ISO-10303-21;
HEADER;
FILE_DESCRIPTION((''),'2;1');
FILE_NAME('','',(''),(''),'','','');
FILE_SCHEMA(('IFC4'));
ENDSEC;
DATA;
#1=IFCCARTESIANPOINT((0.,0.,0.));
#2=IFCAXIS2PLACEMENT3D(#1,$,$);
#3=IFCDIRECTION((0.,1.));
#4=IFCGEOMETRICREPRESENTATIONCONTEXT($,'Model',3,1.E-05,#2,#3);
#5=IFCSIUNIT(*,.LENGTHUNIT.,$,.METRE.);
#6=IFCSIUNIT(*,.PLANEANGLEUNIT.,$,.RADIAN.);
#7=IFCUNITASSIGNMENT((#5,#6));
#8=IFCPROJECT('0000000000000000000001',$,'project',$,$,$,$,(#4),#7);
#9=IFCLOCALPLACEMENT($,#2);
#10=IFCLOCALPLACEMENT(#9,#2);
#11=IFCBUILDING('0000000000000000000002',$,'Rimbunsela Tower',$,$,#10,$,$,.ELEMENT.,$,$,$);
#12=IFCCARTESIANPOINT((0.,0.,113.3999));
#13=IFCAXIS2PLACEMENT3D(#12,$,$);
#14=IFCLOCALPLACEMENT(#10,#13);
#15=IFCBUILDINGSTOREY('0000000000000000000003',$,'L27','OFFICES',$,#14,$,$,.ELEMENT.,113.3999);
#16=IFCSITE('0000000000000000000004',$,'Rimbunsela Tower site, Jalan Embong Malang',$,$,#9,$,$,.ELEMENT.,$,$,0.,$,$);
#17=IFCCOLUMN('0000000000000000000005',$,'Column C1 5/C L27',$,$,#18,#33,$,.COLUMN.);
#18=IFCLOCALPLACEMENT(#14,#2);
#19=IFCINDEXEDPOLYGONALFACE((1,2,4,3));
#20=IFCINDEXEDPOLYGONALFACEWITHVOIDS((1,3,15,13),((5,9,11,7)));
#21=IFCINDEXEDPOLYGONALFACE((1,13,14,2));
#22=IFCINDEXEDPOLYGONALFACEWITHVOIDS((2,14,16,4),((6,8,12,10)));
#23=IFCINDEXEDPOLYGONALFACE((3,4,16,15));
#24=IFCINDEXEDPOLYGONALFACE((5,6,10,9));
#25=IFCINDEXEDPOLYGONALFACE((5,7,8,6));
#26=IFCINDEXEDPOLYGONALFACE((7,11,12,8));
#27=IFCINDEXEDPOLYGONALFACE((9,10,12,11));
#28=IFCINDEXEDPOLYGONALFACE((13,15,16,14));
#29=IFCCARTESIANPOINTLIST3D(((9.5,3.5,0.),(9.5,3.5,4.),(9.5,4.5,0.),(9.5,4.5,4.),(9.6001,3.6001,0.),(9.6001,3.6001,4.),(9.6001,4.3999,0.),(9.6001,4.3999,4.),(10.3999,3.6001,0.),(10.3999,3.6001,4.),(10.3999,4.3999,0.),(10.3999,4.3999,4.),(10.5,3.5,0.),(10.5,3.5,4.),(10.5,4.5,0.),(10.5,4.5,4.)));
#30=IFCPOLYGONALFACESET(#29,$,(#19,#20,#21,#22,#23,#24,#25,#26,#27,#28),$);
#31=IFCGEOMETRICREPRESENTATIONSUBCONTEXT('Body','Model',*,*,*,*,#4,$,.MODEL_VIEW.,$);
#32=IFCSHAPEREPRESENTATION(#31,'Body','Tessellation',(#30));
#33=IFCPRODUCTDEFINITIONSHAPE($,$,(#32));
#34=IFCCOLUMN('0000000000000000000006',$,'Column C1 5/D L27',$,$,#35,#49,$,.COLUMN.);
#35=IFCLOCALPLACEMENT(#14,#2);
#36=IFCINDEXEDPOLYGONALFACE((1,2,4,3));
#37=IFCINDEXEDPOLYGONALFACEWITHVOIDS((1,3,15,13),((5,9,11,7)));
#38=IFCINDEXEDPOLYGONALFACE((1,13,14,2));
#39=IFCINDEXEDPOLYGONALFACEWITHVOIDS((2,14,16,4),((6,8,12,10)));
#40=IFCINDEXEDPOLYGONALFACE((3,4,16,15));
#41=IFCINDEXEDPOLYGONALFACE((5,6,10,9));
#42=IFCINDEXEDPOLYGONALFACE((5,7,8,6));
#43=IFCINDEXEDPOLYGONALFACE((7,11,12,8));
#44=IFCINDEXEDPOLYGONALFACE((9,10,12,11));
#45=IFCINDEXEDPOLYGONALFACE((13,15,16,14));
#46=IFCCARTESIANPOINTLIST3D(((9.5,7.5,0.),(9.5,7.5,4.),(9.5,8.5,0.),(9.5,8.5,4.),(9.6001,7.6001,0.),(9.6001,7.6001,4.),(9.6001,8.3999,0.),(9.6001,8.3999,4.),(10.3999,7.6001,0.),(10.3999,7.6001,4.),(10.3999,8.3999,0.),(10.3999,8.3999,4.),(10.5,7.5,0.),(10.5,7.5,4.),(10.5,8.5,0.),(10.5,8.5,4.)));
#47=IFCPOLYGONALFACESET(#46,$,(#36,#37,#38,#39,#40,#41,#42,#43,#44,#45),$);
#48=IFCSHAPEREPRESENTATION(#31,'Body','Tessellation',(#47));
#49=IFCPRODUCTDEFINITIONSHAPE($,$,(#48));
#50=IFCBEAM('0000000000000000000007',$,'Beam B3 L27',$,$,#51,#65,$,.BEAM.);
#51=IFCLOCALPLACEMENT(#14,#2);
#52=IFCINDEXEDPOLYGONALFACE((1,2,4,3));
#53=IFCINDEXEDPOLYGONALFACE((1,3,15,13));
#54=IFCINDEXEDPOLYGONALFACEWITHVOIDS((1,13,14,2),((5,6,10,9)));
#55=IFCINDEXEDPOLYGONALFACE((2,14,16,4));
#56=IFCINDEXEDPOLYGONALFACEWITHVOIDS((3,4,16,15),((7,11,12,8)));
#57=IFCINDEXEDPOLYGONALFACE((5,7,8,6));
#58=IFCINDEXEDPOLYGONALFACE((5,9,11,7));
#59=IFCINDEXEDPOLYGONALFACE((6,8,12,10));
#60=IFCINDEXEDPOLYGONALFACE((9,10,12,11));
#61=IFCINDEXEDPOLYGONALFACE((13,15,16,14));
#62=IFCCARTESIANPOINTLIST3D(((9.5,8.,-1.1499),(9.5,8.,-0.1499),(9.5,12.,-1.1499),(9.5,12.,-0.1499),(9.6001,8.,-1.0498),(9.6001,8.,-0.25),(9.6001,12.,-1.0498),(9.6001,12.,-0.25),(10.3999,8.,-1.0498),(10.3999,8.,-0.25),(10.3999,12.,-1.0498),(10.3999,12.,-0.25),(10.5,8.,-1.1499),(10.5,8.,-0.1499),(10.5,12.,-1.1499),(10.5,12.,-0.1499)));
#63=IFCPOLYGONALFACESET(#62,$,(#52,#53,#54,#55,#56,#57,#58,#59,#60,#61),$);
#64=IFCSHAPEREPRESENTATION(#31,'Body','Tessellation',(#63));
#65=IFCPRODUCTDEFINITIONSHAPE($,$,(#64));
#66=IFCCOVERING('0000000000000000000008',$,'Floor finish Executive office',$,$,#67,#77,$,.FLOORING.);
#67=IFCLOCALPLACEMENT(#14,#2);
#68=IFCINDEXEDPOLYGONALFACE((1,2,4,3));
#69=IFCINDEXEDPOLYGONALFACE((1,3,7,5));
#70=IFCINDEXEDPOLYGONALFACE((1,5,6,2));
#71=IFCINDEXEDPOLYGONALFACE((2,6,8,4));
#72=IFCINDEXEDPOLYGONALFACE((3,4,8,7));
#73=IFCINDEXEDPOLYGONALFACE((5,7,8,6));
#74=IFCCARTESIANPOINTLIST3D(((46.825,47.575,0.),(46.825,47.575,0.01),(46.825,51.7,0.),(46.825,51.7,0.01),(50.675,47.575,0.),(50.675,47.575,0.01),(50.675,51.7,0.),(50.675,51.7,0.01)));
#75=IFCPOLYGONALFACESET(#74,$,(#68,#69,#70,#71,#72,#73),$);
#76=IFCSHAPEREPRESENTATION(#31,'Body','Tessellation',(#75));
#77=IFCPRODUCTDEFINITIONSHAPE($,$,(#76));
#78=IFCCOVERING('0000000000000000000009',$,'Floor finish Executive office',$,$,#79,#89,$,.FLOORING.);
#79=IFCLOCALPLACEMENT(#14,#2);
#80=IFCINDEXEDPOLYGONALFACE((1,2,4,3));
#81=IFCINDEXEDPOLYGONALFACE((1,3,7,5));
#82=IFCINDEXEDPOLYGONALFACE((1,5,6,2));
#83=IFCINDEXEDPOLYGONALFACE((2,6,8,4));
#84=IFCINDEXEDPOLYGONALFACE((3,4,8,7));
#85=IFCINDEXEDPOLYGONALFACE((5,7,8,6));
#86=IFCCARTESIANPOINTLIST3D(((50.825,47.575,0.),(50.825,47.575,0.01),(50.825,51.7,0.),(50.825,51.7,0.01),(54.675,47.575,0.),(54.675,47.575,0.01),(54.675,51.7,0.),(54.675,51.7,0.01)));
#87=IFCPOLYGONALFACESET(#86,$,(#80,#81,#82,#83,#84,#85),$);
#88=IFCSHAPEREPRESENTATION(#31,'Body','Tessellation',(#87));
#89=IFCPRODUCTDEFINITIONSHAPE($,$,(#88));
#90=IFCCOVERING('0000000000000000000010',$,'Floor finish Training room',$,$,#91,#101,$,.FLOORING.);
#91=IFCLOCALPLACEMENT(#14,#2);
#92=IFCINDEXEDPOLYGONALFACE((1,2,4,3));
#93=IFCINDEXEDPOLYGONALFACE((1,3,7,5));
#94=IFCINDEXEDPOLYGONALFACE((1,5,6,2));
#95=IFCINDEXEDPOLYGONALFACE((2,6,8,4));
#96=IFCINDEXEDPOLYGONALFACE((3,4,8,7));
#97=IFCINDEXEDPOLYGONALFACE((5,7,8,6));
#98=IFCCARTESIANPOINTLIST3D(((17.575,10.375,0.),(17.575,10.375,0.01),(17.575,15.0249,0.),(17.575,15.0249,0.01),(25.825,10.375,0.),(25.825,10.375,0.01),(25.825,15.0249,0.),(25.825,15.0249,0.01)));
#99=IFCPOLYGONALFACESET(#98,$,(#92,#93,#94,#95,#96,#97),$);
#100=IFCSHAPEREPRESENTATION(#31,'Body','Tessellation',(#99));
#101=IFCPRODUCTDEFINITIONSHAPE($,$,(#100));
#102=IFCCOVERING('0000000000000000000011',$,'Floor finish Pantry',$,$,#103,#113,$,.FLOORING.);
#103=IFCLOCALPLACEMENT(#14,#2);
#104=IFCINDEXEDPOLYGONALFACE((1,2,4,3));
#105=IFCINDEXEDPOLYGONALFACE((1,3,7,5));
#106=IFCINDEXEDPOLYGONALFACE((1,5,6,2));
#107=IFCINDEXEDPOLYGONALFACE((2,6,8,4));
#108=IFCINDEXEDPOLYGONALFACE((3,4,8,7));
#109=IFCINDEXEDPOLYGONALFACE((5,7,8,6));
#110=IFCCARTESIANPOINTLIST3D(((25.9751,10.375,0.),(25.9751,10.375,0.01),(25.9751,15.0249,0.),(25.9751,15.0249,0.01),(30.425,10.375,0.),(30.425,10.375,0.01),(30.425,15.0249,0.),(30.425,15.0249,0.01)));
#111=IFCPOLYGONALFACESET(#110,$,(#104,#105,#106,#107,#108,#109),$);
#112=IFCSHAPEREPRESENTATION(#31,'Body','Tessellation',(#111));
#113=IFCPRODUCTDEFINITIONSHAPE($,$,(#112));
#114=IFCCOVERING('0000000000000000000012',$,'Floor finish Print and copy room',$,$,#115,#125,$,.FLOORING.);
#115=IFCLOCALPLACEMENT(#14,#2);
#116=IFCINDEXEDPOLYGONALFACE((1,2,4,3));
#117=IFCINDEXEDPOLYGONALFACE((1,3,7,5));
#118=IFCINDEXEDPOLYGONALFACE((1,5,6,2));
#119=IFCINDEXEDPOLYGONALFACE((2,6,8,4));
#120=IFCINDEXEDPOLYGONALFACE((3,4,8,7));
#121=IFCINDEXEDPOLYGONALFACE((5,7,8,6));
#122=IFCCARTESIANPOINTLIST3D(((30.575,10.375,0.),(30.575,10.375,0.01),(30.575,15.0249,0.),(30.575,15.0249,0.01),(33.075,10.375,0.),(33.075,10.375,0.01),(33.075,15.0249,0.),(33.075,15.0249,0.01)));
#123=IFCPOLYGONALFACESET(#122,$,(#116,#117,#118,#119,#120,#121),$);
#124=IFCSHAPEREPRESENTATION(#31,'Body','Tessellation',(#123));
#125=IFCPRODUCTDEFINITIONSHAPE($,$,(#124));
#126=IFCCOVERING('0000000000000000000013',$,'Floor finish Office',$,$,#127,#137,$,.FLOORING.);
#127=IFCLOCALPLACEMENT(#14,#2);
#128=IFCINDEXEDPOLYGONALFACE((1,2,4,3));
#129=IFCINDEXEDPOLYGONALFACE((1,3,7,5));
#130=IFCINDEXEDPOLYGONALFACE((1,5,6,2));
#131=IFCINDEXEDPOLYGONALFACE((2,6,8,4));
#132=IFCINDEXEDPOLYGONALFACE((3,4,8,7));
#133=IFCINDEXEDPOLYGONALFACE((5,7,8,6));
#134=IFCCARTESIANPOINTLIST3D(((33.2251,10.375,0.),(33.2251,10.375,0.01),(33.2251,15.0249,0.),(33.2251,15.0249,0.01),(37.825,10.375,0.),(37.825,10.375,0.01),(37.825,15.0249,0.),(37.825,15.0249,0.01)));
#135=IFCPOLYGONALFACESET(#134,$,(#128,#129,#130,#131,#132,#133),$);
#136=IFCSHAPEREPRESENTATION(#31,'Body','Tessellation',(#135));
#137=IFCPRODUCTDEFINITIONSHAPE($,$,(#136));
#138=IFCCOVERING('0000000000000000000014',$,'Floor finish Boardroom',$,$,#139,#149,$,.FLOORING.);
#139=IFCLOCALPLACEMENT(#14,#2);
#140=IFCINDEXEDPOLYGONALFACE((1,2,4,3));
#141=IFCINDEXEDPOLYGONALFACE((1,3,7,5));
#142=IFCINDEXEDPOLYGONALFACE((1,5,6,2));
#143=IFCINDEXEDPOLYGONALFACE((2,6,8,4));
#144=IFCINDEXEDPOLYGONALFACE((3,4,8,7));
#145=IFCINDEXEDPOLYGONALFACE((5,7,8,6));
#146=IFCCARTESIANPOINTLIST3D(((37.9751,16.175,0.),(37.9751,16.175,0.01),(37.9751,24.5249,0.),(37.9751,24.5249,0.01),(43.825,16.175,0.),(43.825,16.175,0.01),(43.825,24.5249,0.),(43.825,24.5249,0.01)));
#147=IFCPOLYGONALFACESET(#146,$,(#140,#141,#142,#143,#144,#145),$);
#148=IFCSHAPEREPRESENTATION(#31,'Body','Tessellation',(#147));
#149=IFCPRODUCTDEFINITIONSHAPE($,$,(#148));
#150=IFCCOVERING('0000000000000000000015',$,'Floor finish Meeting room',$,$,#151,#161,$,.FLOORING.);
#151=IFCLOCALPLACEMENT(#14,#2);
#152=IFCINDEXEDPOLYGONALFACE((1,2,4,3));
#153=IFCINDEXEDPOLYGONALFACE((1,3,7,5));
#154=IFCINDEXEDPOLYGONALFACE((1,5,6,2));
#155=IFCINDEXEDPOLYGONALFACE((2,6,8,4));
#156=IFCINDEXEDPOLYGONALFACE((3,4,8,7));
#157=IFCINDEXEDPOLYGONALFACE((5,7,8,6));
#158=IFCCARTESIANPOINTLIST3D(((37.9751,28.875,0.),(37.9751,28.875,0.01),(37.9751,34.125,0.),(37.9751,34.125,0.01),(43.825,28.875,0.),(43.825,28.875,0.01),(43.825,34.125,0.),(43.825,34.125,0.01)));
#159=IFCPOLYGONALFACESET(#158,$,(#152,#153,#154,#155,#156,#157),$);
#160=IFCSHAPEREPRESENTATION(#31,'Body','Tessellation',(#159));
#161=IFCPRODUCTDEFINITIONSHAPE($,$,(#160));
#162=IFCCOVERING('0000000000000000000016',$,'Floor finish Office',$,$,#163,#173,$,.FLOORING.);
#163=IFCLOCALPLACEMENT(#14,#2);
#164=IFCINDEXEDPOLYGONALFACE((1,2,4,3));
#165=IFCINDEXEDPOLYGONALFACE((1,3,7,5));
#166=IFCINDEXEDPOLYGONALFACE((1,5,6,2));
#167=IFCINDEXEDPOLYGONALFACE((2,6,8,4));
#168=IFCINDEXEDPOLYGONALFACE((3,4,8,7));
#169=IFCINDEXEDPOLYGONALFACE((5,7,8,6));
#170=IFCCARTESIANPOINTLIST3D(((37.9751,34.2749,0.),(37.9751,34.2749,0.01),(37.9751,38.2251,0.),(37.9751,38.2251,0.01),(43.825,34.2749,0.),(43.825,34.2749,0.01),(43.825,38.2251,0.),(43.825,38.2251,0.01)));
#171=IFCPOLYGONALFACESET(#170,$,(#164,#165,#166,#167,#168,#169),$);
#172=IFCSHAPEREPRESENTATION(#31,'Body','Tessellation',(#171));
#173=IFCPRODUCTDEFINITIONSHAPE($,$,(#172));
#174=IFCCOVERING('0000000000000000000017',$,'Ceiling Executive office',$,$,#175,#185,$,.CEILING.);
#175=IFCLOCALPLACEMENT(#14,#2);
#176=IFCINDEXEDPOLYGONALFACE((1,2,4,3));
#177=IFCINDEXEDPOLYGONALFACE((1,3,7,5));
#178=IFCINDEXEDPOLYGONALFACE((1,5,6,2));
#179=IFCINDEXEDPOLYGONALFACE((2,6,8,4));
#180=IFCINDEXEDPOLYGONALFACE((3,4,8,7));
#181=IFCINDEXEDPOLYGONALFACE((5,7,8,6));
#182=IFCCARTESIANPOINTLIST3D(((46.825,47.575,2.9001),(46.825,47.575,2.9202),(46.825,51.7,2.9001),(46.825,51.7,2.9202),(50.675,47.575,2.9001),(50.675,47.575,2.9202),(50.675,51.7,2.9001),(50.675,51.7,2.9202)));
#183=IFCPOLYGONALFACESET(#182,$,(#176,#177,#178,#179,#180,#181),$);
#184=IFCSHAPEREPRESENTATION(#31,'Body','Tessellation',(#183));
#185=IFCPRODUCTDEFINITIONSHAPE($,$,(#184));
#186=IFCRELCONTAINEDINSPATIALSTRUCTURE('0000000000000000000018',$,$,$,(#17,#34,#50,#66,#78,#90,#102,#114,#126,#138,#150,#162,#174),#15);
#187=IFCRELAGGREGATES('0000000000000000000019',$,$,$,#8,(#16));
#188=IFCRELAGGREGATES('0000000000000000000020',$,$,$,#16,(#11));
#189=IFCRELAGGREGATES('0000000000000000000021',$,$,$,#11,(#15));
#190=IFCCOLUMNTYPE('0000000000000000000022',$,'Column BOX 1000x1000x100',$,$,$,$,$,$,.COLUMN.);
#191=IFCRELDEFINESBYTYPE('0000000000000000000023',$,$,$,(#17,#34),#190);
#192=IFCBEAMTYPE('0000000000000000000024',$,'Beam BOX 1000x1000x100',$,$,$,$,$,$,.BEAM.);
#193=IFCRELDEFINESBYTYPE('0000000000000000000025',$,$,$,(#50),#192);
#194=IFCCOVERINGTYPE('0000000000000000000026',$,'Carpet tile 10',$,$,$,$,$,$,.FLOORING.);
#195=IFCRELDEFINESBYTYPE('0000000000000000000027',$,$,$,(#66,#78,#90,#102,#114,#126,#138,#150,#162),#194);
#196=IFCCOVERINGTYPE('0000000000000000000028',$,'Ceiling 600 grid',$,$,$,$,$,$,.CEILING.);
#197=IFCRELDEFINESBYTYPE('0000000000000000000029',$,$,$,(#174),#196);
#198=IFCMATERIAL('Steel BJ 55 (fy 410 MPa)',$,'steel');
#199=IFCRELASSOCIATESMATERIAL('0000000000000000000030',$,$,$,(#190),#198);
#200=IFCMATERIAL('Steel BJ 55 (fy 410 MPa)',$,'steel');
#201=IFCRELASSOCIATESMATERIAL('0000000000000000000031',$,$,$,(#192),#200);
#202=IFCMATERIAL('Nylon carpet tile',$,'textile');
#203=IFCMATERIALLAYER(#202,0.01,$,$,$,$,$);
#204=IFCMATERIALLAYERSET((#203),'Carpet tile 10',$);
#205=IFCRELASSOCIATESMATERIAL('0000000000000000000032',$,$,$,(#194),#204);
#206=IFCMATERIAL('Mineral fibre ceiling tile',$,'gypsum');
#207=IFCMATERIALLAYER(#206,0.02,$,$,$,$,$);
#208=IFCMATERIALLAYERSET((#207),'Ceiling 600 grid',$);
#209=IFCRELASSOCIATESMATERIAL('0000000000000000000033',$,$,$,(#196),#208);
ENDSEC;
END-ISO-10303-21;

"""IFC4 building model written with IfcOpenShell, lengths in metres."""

from ifc_helpers import new_model, si_unit, direction, frame, origin, origin_2d, place, context, subcontext, project, spatial, polyline, hollow_rectangle, outline, extrude, material, layer, layer_set, material_profile, profile_set, type_object, element, save


model = new_model("IFC4")

# Units and contexts
model_context = context("Model", 3, precision=1e-05, world=origin(), true_north=direction((0.0, 1.0)))
body_context = subcontext(model_context, "Body", "Model", "MODEL_VIEW")
ifc_project = project(units=[si_unit("LENGTHUNIT", "METRE"), si_unit("PLANEANGLEUNIT", "RADIAN")], contexts=[model_context])

# Site, building, storey
site_placement = place(None, origin())
site = spatial("IfcSite", under=ifc_project, at=site_placement, Name="Rimbunsela Tower site, Jalan Embong Malang", CompositionType="ELEMENT", RefElevation=0.0)
building_placement = place(site_placement, origin())
building = spatial("IfcBuilding", under=site, at=building_placement, Name="Rimbunsela Tower", CompositionType="ELEMENT")
storey_placement = place(building_placement, frame((0.0, 0.0, 113.3999)))
storey = spatial("IfcBuildingStorey", under=building, at=storey_placement, Name="L27", Description="OFFICES", CompositionType="ELEMENT", Elevation=113.3999)

# Columns
ifc_material_1 = material(Name="Steel BJ 55 (fy 410 MPa)", Category="steel")
ifc_material_profile_1 = material_profile(ifc_material_1, hollow_rectangle(XDim=1.0, YDim=1.0, WallThickness=0.1001, at=origin_2d()), Name="BOX 1000x1000x100")
ifc_profile_set_1 = profile_set([ifc_material_profile_1], Name="Steel BJ 55 (fy 410 MPa)")
column_type = type_object("IfcColumnType", Name="Column BOX 1000x1000x100", PredefinedType="COLUMN", material=ifc_profile_set_1)
for number, where, z_axis, x_axis, name in (
    (1, (10.0, 4.0, 0.0), (0.0, 0.0, 1.0), (1.0, 0.0, 0.0), "Column C1 5/C L27"),
    (2, (10.0, 8.0, 0.0), (0.0, 0.0, 1.0), (1.0, 0.0, 0.0), "Column C1 5/D L27"),
):
    element("IfcColumn", number, at=place(storey_placement, frame(where, z_axis=z_axis, x_axis=x_axis)), inside=storey, type_object=column_type, Name=name, PredefinedType="COLUMN", context=body_context, shape_type="SweptSolid", body=[
        extrude(hollow_rectangle(XDim=1.0, YDim=1.0, WallThickness=0.1001, at=origin_2d()), origin(), (0.0, 0.0, 1.0), 4.0),
    ])

# Beam
ifc_material_2 = material(Name="Steel BJ 55 (fy 410 MPa)", Category="steel")
ifc_material_profile_2 = material_profile(ifc_material_2, hollow_rectangle(XDim=1.0, YDim=1.0, WallThickness=0.1001, at=origin_2d()), Name="BOX 1000x1000x100")
ifc_profile_set_2 = profile_set([ifc_material_profile_2], Name="Steel BJ 55 (fy 410 MPa)")
beam_type = type_object("IfcBeamType", Name="Beam BOX 1000x1000x100", PredefinedType="BEAM", material=ifc_profile_set_2)
beam_placement = place(storey_placement, frame((10.0, 8.0, -0.6499), z_axis=(0.0, 1.0, 0.0), x_axis=(-1.0, 0.0, 0.0)))
element("IfcBeam", 3, at=beam_placement, inside=storey, type_object=beam_type, Name="Beam B3 L27", PredefinedType="BEAM", context=body_context, shape_type="SweptSolid", body=[
    extrude(hollow_rectangle(XDim=1.0, YDim=1.0, WallThickness=0.1001, at=origin_2d()), origin(), (0.0, 0.0, 1.0), 4.0),
])

# Coverings
ifc_material_3 = material(Name="Nylon carpet tile", Category="textile")
ifc_layer_1 = layer(ifc_material_3, 0.01)
ifc_layer_set_1 = layer_set([ifc_layer_1], Name="Carpet tile 10")
covering_type_1 = type_object("IfcCoveringType", Name="Carpet tile 10", PredefinedType="FLOORING", material=ifc_layer_set_1)
covering_1_placement = place(storey_placement, origin())
element("IfcCovering", 4, at=covering_1_placement, inside=storey, type_object=covering_type_1, Name="Floor finish Executive office", PredefinedType="FLOORING", context=body_context, shape_type="SweptSolid", body=[
    extrude(outline(polyline([(50.675, 47.575), (50.675, 51.7), (46.825, 51.7), (46.825, 47.575), (50.675, 47.575)])), origin(), (0.0, 0.0, 1.0), 0.01),
])
covering_2_placement = place(storey_placement, origin())
element("IfcCovering", 5, at=covering_2_placement, inside=storey, type_object=covering_type_1, Name="Floor finish Executive office", PredefinedType="FLOORING", context=body_context, shape_type="SweptSolid", body=[
    extrude(outline(polyline([(54.675, 47.575), (54.675, 51.7), (50.825, 51.7), (50.825, 47.575), (54.675, 47.575)])), origin(), (0.0, 0.0, 1.0), 0.01),
])
covering_3_placement = place(storey_placement, origin())
element("IfcCovering", 6, at=covering_3_placement, inside=storey, type_object=covering_type_1, Name="Floor finish Training room", PredefinedType="FLOORING", context=body_context, shape_type="SweptSolid", body=[
    extrude(outline(polyline([(25.825, 10.375), (25.825, 15.0249), (17.575, 15.0249), (17.575, 10.375), (25.825, 10.375)])), origin(), (0.0, 0.0, 1.0), 0.01),
])
covering_4_placement = place(storey_placement, origin())
element("IfcCovering", 7, at=covering_4_placement, inside=storey, type_object=covering_type_1, Name="Floor finish Pantry", PredefinedType="FLOORING", context=body_context, shape_type="SweptSolid", body=[
    extrude(outline(polyline([(30.425, 10.375), (30.425, 15.0249), (25.9751, 15.0249), (25.9751, 10.375), (30.425, 10.375)])), origin(), (0.0, 0.0, 1.0), 0.01),
])
covering_5_placement = place(storey_placement, origin())
element("IfcCovering", 8, at=covering_5_placement, inside=storey, type_object=covering_type_1, Name="Floor finish Print and copy room", PredefinedType="FLOORING", context=body_context, shape_type="SweptSolid", body=[
    extrude(outline(polyline([(33.075, 10.375), (33.075, 15.0249), (30.575, 15.0249), (30.575, 10.375), (33.075, 10.375)])), origin(), (0.0, 0.0, 1.0), 0.01),
])
covering_6_placement = place(storey_placement, origin())
element("IfcCovering", 9, at=covering_6_placement, inside=storey, type_object=covering_type_1, Name="Floor finish Office", PredefinedType="FLOORING", context=body_context, shape_type="SweptSolid", body=[
    extrude(outline(polyline([(37.825, 10.375), (37.825, 15.0249), (33.2251, 15.0249), (33.2251, 10.375), (37.825, 10.375)])), origin(), (0.0, 0.0, 1.0), 0.01),
])
covering_7_placement = place(storey_placement, origin())
element("IfcCovering", 10, at=covering_7_placement, inside=storey, type_object=covering_type_1, Name="Floor finish Boardroom", PredefinedType="FLOORING", context=body_context, shape_type="SweptSolid", body=[
    extrude(outline(polyline([(43.825, 16.175), (43.825, 24.5249), (37.9751, 24.5249), (37.9751, 16.175), (43.825, 16.175)])), origin(), (0.0, 0.0, 1.0), 0.01),
])
covering_8_placement = place(storey_placement, origin())
element("IfcCovering", 11, at=covering_8_placement, inside=storey, type_object=covering_type_1, Name="Floor finish Meeting room", PredefinedType="FLOORING", context=body_context, shape_type="SweptSolid", body=[
    extrude(outline(polyline([(43.825, 28.875), (43.825, 34.125), (37.9751, 34.125), (37.9751, 28.875), (43.825, 28.875)])), origin(), (0.0, 0.0, 1.0), 0.01),
])
covering_9_placement = place(storey_placement, origin())
element("IfcCovering", 12, at=covering_9_placement, inside=storey, type_object=covering_type_1, Name="Floor finish Office", PredefinedType="FLOORING", context=body_context, shape_type="SweptSolid", body=[
    extrude(outline(polyline([(43.825, 34.2749), (43.825, 38.2251), (37.9751, 38.2251), (37.9751, 34.2749), (43.825, 34.2749)])), origin(), (0.0, 0.0, 1.0), 0.01),
])
ifc_material_4 = material(Name="Mineral fibre ceiling tile", Category="gypsum")
ifc_layer_2 = layer(ifc_material_4, 0.02)
ifc_layer_set_2 = layer_set([ifc_layer_2], Name="Ceiling 600 grid")
covering_type_2 = type_object("IfcCoveringType", Name="Ceiling 600 grid", PredefinedType="CEILING", material=ifc_layer_set_2)
covering_10_placement = place(storey_placement, frame((0.0, 0.0, 2.9001)))
element("IfcCovering", 13, at=covering_10_placement, inside=storey, type_object=covering_type_2, Name="Ceiling Executive office", PredefinedType="CEILING", context=body_context, shape_type="SweptSolid", body=[
    extrude(outline(polyline([(50.675, 47.575), (50.675, 51.7), (46.825, 51.7), (46.825, 47.575), (50.675, 47.575)])), origin(), (0.0, 0.0, 1.0), 0.02),
])

save(model, "model.ifc")
